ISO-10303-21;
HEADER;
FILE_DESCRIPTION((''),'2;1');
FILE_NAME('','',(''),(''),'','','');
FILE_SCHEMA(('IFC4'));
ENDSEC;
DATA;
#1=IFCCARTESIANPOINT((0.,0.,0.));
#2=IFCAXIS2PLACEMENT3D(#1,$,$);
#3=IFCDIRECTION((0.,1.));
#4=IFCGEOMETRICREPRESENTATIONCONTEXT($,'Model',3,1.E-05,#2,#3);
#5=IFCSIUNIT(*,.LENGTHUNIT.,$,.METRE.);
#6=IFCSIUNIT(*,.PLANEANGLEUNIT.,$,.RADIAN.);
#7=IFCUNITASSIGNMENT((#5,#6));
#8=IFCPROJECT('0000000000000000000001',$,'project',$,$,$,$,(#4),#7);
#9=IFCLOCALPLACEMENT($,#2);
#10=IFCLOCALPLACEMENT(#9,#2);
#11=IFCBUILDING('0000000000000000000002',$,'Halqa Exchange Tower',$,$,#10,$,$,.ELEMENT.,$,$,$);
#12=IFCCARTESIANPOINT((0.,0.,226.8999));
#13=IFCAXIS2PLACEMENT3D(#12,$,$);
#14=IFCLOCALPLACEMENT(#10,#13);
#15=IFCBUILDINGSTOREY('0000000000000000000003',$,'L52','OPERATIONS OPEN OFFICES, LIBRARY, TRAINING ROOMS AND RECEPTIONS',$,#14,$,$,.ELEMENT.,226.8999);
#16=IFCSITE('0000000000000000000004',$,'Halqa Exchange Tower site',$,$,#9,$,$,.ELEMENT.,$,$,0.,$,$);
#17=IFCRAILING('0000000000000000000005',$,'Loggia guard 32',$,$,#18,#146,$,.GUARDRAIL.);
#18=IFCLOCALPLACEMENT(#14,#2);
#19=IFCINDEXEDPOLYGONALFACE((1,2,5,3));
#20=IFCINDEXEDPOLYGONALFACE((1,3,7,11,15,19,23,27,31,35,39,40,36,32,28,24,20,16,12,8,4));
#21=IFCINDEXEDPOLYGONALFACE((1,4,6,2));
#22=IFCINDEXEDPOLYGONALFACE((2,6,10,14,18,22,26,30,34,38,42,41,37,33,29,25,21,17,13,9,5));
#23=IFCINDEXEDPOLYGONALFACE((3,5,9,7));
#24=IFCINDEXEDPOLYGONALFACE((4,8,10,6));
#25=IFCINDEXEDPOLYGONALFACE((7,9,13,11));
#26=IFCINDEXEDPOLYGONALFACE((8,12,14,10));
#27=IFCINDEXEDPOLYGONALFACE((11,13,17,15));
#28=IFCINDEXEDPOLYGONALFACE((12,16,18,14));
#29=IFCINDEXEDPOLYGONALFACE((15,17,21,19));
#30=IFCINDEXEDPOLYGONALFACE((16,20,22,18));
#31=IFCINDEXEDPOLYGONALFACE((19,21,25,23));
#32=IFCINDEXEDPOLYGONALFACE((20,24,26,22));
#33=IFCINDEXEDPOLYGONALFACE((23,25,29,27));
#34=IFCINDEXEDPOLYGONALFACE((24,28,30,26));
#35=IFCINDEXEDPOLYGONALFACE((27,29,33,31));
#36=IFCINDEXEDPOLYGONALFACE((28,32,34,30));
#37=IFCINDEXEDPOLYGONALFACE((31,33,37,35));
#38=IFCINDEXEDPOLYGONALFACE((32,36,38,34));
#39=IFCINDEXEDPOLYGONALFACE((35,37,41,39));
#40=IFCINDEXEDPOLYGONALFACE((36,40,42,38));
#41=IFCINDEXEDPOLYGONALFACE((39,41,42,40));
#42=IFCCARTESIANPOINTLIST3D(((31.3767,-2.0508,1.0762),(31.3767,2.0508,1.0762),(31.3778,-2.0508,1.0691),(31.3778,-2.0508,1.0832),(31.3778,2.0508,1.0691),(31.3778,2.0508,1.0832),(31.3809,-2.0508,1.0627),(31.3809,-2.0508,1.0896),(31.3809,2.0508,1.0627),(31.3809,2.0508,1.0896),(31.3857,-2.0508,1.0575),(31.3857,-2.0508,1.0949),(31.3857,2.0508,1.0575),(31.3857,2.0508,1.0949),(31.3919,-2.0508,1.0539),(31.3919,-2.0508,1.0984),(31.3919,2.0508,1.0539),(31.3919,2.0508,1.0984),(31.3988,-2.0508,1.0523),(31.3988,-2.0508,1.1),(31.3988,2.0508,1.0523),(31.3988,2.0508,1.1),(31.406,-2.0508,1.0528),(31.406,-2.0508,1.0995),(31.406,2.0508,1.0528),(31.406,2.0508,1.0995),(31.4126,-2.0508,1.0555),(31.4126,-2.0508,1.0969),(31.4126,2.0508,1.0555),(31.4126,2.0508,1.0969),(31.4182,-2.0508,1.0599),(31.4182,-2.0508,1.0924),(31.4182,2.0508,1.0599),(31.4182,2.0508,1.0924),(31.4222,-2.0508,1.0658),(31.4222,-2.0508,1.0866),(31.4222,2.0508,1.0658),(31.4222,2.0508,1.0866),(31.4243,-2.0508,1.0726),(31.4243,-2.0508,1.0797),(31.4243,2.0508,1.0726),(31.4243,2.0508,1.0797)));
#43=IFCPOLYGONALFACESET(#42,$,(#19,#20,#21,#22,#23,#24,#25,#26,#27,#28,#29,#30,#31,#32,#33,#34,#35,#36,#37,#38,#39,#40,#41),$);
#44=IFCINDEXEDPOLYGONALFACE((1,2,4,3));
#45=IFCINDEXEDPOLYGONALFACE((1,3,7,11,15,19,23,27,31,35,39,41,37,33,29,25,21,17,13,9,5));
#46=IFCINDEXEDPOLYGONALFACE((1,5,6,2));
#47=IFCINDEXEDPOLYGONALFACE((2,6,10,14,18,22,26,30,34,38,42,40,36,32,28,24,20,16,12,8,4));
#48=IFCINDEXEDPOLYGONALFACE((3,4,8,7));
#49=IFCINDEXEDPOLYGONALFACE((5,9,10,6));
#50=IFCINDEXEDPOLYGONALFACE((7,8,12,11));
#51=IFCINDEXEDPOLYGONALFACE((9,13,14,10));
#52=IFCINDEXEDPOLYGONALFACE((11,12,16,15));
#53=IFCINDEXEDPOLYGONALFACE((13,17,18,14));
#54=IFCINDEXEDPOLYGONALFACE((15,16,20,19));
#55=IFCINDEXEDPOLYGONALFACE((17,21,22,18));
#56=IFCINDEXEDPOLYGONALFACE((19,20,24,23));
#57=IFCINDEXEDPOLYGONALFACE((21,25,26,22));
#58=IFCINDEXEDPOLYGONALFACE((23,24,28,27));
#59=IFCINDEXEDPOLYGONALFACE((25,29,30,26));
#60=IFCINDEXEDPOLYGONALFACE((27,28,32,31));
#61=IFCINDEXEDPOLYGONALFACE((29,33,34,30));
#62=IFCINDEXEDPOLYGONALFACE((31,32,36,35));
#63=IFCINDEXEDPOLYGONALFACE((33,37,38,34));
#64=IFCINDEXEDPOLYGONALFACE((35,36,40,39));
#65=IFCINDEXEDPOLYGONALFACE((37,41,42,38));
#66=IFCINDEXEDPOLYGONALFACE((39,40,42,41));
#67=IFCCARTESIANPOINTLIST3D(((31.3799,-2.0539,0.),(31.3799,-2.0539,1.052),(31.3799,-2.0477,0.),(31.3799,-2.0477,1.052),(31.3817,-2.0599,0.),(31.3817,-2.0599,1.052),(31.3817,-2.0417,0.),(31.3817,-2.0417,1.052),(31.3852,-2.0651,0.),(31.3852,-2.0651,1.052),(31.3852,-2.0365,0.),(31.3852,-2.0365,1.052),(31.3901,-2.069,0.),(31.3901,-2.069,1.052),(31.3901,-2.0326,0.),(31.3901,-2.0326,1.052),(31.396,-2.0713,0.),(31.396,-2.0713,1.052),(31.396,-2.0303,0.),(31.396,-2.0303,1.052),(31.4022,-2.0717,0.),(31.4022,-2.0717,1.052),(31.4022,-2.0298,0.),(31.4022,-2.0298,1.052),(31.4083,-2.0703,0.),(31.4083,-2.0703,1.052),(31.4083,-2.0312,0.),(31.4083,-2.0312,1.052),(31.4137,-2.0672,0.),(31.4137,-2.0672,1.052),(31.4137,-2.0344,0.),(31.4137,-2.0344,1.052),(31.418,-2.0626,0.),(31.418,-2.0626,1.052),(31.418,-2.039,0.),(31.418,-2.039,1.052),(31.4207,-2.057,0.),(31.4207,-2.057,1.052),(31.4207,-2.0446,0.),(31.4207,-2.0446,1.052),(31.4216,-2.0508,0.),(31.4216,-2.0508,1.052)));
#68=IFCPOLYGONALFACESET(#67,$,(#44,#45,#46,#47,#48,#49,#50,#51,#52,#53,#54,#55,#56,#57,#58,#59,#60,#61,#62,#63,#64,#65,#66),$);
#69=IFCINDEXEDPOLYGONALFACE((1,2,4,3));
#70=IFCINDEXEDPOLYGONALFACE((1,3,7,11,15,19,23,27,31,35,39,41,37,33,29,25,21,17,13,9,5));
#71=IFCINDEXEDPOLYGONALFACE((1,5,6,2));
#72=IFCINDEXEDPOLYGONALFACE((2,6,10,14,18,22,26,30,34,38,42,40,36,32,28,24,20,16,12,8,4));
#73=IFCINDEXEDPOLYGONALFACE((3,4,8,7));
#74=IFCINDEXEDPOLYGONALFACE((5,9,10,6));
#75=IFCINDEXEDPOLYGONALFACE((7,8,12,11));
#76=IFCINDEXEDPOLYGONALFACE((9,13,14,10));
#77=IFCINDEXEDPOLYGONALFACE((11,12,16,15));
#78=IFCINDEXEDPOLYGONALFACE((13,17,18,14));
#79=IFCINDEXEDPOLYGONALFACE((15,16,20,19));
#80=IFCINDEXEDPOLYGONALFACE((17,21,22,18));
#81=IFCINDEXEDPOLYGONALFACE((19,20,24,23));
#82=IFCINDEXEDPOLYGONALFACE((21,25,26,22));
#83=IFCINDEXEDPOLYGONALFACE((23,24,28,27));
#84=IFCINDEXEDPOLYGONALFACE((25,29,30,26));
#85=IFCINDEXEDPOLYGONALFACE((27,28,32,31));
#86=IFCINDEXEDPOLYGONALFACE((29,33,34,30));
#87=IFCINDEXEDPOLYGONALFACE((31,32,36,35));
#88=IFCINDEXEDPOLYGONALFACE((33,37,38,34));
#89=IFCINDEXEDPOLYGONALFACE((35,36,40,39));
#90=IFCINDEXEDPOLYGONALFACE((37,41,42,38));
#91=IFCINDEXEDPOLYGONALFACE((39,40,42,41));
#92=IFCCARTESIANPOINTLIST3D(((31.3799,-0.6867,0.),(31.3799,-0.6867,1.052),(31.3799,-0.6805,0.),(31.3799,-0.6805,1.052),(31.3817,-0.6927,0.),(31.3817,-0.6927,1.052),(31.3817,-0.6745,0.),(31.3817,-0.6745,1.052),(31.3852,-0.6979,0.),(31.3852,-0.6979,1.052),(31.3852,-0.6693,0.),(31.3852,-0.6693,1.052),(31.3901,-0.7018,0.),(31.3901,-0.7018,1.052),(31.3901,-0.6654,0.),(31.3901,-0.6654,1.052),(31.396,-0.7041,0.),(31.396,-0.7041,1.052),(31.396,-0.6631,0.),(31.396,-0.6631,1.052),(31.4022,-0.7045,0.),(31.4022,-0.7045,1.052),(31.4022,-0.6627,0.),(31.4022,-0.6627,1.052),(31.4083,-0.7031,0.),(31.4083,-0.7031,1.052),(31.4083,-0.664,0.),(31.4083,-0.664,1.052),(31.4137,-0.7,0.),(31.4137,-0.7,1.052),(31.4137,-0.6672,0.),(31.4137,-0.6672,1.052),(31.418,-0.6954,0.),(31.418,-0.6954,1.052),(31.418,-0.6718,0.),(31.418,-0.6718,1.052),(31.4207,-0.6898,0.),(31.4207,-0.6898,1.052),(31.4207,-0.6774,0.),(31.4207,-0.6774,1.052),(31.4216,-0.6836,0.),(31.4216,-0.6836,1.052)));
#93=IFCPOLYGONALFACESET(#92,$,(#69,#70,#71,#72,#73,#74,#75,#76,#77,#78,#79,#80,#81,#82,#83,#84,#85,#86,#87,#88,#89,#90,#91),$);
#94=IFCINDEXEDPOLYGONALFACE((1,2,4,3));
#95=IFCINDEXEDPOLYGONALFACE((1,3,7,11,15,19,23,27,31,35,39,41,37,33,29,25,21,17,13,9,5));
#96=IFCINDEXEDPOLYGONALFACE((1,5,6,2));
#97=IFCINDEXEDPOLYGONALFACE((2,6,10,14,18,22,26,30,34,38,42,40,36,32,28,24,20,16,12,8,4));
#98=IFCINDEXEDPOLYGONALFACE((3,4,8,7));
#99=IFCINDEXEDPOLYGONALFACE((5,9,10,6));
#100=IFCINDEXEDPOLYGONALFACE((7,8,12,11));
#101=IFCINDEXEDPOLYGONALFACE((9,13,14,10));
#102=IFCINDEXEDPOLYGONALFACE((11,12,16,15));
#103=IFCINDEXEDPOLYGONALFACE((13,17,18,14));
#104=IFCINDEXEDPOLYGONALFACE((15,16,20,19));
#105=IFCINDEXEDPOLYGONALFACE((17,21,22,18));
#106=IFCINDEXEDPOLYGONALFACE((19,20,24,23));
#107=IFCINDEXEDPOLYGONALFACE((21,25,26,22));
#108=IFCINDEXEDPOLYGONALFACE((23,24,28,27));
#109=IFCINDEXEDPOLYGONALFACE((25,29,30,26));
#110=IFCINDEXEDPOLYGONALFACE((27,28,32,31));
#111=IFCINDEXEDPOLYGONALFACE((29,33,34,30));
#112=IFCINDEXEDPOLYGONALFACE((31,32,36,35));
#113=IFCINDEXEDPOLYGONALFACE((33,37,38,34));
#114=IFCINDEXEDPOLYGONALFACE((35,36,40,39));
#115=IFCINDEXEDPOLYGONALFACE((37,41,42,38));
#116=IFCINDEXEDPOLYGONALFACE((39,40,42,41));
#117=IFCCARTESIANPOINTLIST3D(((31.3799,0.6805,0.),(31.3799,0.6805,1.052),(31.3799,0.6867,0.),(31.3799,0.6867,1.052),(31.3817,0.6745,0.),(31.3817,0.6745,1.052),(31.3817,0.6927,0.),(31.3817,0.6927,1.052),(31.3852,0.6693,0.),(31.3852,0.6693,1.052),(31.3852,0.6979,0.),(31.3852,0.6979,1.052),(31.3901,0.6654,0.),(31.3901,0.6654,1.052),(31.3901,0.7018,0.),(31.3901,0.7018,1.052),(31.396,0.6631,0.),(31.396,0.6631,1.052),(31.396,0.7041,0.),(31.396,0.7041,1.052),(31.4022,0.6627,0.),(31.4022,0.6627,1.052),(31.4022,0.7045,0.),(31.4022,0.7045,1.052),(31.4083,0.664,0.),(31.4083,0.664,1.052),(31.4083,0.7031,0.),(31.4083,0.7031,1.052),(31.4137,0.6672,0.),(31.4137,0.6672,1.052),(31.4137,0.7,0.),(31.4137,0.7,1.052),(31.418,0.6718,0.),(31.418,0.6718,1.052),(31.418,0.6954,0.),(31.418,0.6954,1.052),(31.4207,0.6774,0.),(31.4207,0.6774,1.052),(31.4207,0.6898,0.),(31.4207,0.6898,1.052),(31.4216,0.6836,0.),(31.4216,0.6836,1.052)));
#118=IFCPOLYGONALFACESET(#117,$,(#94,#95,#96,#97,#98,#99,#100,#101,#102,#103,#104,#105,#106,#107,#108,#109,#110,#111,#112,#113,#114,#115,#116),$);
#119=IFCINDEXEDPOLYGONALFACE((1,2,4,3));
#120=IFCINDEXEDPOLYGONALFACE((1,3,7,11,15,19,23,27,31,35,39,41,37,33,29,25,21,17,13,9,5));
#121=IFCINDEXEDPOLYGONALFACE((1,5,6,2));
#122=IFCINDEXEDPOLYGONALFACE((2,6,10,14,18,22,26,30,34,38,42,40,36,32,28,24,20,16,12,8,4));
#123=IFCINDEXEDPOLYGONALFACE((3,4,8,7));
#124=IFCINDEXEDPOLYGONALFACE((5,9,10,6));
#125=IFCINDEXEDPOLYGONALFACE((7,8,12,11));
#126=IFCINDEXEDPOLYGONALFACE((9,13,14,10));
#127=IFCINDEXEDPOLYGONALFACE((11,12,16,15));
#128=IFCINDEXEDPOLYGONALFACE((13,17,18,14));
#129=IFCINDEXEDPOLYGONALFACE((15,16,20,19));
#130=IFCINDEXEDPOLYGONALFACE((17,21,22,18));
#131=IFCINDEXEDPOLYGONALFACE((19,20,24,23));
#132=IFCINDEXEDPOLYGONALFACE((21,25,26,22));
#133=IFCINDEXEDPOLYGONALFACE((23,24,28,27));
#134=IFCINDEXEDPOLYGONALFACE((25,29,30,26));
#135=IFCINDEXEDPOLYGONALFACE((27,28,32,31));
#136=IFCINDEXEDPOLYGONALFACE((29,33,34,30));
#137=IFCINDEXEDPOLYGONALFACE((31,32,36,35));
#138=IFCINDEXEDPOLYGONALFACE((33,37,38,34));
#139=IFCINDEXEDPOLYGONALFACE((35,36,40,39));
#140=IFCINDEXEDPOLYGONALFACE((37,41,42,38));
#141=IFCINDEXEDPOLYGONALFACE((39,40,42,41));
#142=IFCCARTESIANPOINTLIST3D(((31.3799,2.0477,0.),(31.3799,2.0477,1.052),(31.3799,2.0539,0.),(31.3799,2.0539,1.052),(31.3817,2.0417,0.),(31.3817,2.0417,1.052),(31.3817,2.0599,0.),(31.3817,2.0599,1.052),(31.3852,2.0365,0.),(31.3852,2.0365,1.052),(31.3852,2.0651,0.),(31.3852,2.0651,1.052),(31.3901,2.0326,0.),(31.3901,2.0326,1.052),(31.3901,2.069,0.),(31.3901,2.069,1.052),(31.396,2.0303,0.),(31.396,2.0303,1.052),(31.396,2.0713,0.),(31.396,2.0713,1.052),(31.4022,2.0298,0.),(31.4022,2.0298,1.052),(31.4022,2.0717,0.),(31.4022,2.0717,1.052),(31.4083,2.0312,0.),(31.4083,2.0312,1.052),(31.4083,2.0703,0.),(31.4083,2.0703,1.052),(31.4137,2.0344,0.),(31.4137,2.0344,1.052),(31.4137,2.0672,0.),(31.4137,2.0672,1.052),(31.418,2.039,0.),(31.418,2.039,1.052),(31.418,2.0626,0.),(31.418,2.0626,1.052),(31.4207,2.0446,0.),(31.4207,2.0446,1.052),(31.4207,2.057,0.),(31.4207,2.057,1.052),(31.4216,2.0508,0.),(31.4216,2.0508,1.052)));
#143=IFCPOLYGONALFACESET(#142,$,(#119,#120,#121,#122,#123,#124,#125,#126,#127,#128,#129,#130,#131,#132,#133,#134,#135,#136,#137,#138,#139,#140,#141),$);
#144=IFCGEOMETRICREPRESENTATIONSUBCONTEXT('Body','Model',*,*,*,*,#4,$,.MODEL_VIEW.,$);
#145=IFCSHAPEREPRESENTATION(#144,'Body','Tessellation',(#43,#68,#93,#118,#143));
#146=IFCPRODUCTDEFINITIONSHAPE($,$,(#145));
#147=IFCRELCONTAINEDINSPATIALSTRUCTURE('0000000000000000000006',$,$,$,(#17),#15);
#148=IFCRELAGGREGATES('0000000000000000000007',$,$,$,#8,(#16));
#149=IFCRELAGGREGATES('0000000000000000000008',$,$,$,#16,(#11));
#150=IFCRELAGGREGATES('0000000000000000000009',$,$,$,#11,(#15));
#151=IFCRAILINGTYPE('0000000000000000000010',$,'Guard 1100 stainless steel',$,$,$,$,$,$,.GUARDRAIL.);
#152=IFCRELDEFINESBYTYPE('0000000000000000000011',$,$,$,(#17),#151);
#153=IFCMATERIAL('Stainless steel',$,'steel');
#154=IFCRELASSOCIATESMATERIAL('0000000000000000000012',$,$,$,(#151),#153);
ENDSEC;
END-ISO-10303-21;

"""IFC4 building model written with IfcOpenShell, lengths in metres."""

from ifc_helpers import new_model, si_unit, direction, frame, origin, origin_2d, place, context, subcontext, project, spatial, circle, extrude, material, type_object, element, save


model = new_model("IFC4")

# Units and contexts
model_context = context("Model", 3, precision=1e-05, world=origin(), true_north=direction((0.0, 1.0)))
body_context = subcontext(model_context, "Body", "Model", "MODEL_VIEW")
ifc_project = project(units=[si_unit("LENGTHUNIT", "METRE"), si_unit("PLANEANGLEUNIT", "RADIAN")], contexts=[model_context])

# Site, building, storey
site_placement = place(None, origin())
site = spatial("IfcSite", under=ifc_project, at=site_placement, Name="Halqa Exchange Tower site", CompositionType="ELEMENT", RefElevation=0.0)
building_placement = place(site_placement, origin())
building = spatial("IfcBuilding", under=site, at=building_placement, Name="Halqa Exchange Tower", CompositionType="ELEMENT")
storey_placement = place(building_placement, frame((0.0, 0.0, 226.8999)))
storey = spatial("IfcBuildingStorey", under=building, at=storey_placement, Name="L52", Description="OPERATIONS OPEN OFFICES, LIBRARY, TRAINING ROOMS AND RECEPTIONS", CompositionType="ELEMENT", Elevation=226.8999)

# Railing
ifc_material_1 = material(Name="Stainless steel", Category="steel")
railing_type = type_object("IfcRailingType", Name="Guard 1100 stainless steel", PredefinedType="GUARDRAIL", material=ifc_material_1)
railing_1_placement = place(storey_placement, frame((31.4006, -2.0508, 0.0)))
element("IfcRailing", 1, at=railing_1_placement, inside=storey, type_object=railing_type, Name="Loggia guard 32", PredefinedType="GUARDRAIL", context=body_context, shape_type="SweptSolid", body=[
    extrude(circle(Radius=0.0239, at=origin_2d()), frame((0.0, 0.0, 1.0762), z_axis=(0.0, 1.0, 0.0), x_axis=(-1.0, 0.0, 0.0)), (0.0, 0.0, 1.0), 4.1016),
    extrude(circle(Radius=0.021, at=origin_2d()), origin(), (0.0, 0.0, 1.0), 1.052),
    extrude(circle(Radius=0.021, at=origin_2d()), frame((0.0, 1.3672, 0.0)), (0.0, 0.0, 1.0), 1.052),
    extrude(circle(Radius=0.021, at=origin_2d()), frame((0.0, 2.7344, 0.0)), (0.0, 0.0, 1.0), 1.052),
    extrude(circle(Radius=0.021, at=origin_2d()), frame((0.0, 4.1016, 0.0)), (0.0, 0.0, 1.0), 1.052),
])

save(model, "model.ifc")
